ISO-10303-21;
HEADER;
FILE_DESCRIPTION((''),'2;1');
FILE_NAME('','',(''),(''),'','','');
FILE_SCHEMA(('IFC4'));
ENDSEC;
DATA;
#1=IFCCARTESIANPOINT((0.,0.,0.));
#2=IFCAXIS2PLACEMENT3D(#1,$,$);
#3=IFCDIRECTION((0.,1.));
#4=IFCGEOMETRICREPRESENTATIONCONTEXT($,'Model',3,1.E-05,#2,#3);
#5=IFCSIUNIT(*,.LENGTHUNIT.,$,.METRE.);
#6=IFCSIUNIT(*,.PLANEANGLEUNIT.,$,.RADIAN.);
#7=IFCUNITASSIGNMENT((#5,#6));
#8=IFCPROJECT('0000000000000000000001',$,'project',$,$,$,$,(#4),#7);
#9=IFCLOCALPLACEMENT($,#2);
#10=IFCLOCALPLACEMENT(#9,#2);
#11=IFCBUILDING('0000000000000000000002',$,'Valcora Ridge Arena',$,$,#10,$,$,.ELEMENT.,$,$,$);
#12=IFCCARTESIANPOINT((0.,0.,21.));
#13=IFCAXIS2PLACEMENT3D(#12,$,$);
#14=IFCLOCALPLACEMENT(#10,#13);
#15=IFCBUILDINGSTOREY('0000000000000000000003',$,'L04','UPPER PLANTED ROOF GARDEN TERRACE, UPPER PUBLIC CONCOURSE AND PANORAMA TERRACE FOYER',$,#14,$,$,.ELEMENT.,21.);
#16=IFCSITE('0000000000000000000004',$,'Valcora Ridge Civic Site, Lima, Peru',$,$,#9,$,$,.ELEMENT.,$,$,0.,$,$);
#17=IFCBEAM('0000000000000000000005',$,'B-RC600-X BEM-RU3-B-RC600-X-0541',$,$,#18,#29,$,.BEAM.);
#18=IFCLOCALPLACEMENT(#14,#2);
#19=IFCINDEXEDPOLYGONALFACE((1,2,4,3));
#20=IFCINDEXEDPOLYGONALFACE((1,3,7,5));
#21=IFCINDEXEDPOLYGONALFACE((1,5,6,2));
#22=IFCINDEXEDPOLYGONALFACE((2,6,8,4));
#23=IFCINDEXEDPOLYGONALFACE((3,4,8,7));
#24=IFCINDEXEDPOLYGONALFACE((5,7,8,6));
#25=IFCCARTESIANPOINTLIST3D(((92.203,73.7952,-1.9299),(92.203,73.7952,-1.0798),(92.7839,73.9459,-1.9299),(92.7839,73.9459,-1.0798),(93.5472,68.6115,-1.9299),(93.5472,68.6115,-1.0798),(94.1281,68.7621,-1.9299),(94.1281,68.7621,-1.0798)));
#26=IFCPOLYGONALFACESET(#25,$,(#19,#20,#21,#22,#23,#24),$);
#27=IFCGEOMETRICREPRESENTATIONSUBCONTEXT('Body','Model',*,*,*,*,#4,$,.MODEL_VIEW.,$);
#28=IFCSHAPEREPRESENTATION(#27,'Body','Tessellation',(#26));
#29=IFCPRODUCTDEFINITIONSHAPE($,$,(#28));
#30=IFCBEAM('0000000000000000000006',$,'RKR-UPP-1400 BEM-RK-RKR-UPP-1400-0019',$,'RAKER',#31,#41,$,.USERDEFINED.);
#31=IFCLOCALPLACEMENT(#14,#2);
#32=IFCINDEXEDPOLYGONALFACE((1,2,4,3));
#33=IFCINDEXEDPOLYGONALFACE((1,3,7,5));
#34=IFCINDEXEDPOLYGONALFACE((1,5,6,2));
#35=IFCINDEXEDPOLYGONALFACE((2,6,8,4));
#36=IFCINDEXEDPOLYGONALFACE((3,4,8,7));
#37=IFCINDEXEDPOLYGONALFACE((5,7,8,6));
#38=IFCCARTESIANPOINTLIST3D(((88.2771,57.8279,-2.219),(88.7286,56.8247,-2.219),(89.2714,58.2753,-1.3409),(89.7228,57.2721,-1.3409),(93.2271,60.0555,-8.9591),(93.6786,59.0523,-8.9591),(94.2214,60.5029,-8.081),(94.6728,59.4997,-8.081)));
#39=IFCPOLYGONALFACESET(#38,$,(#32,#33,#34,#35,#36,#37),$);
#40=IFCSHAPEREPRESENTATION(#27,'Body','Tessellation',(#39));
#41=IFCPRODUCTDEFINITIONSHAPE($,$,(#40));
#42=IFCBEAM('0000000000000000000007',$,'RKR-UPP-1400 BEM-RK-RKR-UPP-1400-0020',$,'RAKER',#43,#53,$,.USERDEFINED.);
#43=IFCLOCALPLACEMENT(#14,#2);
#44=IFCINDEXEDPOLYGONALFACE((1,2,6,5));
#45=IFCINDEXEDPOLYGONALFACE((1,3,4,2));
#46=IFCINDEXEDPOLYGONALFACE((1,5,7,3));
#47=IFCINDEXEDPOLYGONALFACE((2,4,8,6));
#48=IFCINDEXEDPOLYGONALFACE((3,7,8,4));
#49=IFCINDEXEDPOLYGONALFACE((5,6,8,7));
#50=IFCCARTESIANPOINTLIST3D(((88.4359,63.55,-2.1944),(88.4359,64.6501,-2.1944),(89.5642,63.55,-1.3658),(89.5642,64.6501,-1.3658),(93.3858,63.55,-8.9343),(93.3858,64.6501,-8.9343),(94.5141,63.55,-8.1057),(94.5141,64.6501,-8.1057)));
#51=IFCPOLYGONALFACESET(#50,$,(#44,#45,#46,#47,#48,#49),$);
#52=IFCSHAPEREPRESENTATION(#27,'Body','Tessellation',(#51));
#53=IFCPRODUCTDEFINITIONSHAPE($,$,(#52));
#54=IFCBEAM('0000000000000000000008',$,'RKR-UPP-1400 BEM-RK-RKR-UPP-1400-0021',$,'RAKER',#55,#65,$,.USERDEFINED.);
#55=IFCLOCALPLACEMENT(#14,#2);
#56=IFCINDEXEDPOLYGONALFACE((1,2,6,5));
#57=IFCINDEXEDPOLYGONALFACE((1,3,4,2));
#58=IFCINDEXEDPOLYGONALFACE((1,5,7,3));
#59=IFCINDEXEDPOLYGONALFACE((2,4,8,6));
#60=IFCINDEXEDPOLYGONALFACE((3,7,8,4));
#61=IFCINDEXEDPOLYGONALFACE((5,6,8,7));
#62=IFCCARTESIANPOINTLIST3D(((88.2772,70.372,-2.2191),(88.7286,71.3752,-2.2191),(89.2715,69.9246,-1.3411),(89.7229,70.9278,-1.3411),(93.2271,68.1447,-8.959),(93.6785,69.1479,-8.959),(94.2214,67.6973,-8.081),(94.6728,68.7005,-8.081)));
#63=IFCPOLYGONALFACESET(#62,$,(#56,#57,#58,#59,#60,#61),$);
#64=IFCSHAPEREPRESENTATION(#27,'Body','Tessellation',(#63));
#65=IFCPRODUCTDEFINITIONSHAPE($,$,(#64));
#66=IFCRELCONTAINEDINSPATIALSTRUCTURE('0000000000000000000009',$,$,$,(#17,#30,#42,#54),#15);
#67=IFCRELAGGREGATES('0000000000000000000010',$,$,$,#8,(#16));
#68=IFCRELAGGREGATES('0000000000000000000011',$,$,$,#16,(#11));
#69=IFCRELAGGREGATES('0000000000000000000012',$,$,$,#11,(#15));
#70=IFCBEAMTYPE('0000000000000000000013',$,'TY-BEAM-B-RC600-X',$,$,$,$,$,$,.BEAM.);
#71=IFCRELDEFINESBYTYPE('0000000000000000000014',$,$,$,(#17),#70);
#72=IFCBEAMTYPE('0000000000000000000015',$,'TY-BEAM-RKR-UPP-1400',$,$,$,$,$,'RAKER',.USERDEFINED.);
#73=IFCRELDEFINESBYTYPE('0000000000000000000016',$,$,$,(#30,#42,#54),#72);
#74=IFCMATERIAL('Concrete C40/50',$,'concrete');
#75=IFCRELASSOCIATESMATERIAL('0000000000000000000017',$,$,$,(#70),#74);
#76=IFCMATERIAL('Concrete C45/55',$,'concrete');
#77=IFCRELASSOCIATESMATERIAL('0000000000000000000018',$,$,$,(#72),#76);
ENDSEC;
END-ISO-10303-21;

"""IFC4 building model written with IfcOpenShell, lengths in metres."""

from ifc_helpers import new_model, si_unit, direction, frame, origin, origin_2d, place, context, subcontext, project, spatial, rectangle, extrude, material, material_profile, profile_set, type_object, element, save


model = new_model("IFC4")

# Units and contexts
model_context = context("Model", 3, precision=1e-05, world=origin(), true_north=direction((0.0, 1.0)))
body_context = subcontext(model_context, "Body", "Model", "MODEL_VIEW")
ifc_project = project(units=[si_unit("LENGTHUNIT", "METRE"), si_unit("PLANEANGLEUNIT", "RADIAN")], contexts=[model_context])

# Site, building, storey
site_placement = place(None, origin())
site = spatial("IfcSite", under=ifc_project, at=site_placement, Name="Valcora Ridge Civic Site, Lima, Peru", CompositionType="ELEMENT", RefElevation=0.0)
building_placement = place(site_placement, origin())
building = spatial("IfcBuilding", under=site, at=building_placement, Name="Valcora Ridge Arena", CompositionType="ELEMENT")
storey_placement = place(building_placement, frame((0.0, 0.0, 21.0)))
storey = spatial("IfcBuildingStorey", under=building, at=storey_placement, Name="L04", Description="UPPER PLANTED ROOF GARDEN TERRACE, UPPER PUBLIC CONCOURSE AND PANORAMA TERRACE FOYER", CompositionType="ELEMENT", Elevation=21.0)

# Beams
ifc_material_1 = material(Name="Concrete C40/50", Category="concrete")
ifc_material_profile_1 = material_profile(ifc_material_1, rectangle(XDim=0.6001, YDim=0.8501, at=origin_2d()), Name="RC 600x850")
ifc_profile_set_1 = profile_set([ifc_material_profile_1], Name="Concrete C40/50")
beam_type_1 = type_object("IfcBeamType", Name="TY-BEAM-B-RC600-X", PredefinedType="BEAM", material=ifc_profile_set_1)
beam_1_placement = place(storey_placement, frame((93.8376, 68.6868, -1.5049), z_axis=(-0.251011, 0.967984, 0.0), x_axis=(-0.967984, -0.251011, 0.0)))
element("IfcBeam", 1, at=beam_1_placement, inside=storey, type_object=beam_type_1, Name="B-RC600-X BEM-RU3-B-RC600-X-0541", PredefinedType="BEAM", context=body_context, shape_type="SweptSolid", body=[
    extrude(rectangle(XDim=0.6001, YDim=0.8501, at=origin_2d()), origin(), (0.0, 0.0, 1.0), 5.3552),
])
ifc_material_2 = material(Name="Concrete C45/55", Category="concrete")
ifc_material_profile_2 = material_profile(ifc_material_2, rectangle(XDim=1.1001, YDim=1.3999, at=origin_2d()), Name="RC 1100x1400")
ifc_profile_set_2 = profile_set([ifc_material_profile_2], Name="Concrete C45/55")
beam_type_2 = type_object("IfcBeamType", Name="TY-BEAM-RKR-UPP-1400", ElementType="RAKER", PredefinedType="USERDEFINED", material=ifc_profile_set_2)
beam_2_placement = place(storey_placement, frame((93.95, 59.7776, -8.52), z_axis=(-0.571985, -0.2574, 0.778831), x_axis=(0.410374, -0.911917, 0.0)))
element("IfcBeam", 2, at=beam_2_placement, inside=storey, type_object=beam_type_2, Name="RKR-UPP-1400 BEM-RK-RKR-UPP-1400-0019", ObjectType="RAKER", PredefinedType="USERDEFINED", context=body_context, shape_type="SweptSolid", body=[
    extrude(rectangle(XDim=1.1001, YDim=1.3999, at=origin_2d()), origin(), (0.0, 0.0, 1.0), 8.6541),
])
beam_3_placement = place(storey_placement, frame((93.95, 64.1001, -8.52), z_axis=(-0.591931, 0.0, 0.805989), x_axis=(0.0, -1.0, 0.0)))
element("IfcBeam", 3, at=beam_3_placement, inside=storey, type_object=beam_type_2, Name="RKR-UPP-1400 BEM-RK-RKR-UPP-1400-0020", ObjectType="RAKER", PredefinedType="USERDEFINED", context=body_context, shape_type="SweptSolid", body=[
    extrude(rectangle(XDim=1.1001, YDim=1.3999, at=origin_2d()), origin(), (0.0, 0.0, 1.0), 8.3623),
])
beam_4_placement = place(storey_placement, frame((93.95, 68.4226, -8.52), z_axis=(-0.571989, 0.257374, 0.778837), x_axis=(-0.410337, -0.911934, 0.0)))
element("IfcBeam", 4, at=beam_4_placement, inside=storey, type_object=beam_type_2, Name="RKR-UPP-1400 BEM-RK-RKR-UPP-1400-0021", ObjectType="RAKER", PredefinedType="USERDEFINED", context=body_context, shape_type="SweptSolid", body=[
    extrude(rectangle(XDim=1.1001, YDim=1.3999, at=origin_2d()), origin(), (0.0, 0.0, 1.0), 8.6538),
])

save(model, "model.ifc")
